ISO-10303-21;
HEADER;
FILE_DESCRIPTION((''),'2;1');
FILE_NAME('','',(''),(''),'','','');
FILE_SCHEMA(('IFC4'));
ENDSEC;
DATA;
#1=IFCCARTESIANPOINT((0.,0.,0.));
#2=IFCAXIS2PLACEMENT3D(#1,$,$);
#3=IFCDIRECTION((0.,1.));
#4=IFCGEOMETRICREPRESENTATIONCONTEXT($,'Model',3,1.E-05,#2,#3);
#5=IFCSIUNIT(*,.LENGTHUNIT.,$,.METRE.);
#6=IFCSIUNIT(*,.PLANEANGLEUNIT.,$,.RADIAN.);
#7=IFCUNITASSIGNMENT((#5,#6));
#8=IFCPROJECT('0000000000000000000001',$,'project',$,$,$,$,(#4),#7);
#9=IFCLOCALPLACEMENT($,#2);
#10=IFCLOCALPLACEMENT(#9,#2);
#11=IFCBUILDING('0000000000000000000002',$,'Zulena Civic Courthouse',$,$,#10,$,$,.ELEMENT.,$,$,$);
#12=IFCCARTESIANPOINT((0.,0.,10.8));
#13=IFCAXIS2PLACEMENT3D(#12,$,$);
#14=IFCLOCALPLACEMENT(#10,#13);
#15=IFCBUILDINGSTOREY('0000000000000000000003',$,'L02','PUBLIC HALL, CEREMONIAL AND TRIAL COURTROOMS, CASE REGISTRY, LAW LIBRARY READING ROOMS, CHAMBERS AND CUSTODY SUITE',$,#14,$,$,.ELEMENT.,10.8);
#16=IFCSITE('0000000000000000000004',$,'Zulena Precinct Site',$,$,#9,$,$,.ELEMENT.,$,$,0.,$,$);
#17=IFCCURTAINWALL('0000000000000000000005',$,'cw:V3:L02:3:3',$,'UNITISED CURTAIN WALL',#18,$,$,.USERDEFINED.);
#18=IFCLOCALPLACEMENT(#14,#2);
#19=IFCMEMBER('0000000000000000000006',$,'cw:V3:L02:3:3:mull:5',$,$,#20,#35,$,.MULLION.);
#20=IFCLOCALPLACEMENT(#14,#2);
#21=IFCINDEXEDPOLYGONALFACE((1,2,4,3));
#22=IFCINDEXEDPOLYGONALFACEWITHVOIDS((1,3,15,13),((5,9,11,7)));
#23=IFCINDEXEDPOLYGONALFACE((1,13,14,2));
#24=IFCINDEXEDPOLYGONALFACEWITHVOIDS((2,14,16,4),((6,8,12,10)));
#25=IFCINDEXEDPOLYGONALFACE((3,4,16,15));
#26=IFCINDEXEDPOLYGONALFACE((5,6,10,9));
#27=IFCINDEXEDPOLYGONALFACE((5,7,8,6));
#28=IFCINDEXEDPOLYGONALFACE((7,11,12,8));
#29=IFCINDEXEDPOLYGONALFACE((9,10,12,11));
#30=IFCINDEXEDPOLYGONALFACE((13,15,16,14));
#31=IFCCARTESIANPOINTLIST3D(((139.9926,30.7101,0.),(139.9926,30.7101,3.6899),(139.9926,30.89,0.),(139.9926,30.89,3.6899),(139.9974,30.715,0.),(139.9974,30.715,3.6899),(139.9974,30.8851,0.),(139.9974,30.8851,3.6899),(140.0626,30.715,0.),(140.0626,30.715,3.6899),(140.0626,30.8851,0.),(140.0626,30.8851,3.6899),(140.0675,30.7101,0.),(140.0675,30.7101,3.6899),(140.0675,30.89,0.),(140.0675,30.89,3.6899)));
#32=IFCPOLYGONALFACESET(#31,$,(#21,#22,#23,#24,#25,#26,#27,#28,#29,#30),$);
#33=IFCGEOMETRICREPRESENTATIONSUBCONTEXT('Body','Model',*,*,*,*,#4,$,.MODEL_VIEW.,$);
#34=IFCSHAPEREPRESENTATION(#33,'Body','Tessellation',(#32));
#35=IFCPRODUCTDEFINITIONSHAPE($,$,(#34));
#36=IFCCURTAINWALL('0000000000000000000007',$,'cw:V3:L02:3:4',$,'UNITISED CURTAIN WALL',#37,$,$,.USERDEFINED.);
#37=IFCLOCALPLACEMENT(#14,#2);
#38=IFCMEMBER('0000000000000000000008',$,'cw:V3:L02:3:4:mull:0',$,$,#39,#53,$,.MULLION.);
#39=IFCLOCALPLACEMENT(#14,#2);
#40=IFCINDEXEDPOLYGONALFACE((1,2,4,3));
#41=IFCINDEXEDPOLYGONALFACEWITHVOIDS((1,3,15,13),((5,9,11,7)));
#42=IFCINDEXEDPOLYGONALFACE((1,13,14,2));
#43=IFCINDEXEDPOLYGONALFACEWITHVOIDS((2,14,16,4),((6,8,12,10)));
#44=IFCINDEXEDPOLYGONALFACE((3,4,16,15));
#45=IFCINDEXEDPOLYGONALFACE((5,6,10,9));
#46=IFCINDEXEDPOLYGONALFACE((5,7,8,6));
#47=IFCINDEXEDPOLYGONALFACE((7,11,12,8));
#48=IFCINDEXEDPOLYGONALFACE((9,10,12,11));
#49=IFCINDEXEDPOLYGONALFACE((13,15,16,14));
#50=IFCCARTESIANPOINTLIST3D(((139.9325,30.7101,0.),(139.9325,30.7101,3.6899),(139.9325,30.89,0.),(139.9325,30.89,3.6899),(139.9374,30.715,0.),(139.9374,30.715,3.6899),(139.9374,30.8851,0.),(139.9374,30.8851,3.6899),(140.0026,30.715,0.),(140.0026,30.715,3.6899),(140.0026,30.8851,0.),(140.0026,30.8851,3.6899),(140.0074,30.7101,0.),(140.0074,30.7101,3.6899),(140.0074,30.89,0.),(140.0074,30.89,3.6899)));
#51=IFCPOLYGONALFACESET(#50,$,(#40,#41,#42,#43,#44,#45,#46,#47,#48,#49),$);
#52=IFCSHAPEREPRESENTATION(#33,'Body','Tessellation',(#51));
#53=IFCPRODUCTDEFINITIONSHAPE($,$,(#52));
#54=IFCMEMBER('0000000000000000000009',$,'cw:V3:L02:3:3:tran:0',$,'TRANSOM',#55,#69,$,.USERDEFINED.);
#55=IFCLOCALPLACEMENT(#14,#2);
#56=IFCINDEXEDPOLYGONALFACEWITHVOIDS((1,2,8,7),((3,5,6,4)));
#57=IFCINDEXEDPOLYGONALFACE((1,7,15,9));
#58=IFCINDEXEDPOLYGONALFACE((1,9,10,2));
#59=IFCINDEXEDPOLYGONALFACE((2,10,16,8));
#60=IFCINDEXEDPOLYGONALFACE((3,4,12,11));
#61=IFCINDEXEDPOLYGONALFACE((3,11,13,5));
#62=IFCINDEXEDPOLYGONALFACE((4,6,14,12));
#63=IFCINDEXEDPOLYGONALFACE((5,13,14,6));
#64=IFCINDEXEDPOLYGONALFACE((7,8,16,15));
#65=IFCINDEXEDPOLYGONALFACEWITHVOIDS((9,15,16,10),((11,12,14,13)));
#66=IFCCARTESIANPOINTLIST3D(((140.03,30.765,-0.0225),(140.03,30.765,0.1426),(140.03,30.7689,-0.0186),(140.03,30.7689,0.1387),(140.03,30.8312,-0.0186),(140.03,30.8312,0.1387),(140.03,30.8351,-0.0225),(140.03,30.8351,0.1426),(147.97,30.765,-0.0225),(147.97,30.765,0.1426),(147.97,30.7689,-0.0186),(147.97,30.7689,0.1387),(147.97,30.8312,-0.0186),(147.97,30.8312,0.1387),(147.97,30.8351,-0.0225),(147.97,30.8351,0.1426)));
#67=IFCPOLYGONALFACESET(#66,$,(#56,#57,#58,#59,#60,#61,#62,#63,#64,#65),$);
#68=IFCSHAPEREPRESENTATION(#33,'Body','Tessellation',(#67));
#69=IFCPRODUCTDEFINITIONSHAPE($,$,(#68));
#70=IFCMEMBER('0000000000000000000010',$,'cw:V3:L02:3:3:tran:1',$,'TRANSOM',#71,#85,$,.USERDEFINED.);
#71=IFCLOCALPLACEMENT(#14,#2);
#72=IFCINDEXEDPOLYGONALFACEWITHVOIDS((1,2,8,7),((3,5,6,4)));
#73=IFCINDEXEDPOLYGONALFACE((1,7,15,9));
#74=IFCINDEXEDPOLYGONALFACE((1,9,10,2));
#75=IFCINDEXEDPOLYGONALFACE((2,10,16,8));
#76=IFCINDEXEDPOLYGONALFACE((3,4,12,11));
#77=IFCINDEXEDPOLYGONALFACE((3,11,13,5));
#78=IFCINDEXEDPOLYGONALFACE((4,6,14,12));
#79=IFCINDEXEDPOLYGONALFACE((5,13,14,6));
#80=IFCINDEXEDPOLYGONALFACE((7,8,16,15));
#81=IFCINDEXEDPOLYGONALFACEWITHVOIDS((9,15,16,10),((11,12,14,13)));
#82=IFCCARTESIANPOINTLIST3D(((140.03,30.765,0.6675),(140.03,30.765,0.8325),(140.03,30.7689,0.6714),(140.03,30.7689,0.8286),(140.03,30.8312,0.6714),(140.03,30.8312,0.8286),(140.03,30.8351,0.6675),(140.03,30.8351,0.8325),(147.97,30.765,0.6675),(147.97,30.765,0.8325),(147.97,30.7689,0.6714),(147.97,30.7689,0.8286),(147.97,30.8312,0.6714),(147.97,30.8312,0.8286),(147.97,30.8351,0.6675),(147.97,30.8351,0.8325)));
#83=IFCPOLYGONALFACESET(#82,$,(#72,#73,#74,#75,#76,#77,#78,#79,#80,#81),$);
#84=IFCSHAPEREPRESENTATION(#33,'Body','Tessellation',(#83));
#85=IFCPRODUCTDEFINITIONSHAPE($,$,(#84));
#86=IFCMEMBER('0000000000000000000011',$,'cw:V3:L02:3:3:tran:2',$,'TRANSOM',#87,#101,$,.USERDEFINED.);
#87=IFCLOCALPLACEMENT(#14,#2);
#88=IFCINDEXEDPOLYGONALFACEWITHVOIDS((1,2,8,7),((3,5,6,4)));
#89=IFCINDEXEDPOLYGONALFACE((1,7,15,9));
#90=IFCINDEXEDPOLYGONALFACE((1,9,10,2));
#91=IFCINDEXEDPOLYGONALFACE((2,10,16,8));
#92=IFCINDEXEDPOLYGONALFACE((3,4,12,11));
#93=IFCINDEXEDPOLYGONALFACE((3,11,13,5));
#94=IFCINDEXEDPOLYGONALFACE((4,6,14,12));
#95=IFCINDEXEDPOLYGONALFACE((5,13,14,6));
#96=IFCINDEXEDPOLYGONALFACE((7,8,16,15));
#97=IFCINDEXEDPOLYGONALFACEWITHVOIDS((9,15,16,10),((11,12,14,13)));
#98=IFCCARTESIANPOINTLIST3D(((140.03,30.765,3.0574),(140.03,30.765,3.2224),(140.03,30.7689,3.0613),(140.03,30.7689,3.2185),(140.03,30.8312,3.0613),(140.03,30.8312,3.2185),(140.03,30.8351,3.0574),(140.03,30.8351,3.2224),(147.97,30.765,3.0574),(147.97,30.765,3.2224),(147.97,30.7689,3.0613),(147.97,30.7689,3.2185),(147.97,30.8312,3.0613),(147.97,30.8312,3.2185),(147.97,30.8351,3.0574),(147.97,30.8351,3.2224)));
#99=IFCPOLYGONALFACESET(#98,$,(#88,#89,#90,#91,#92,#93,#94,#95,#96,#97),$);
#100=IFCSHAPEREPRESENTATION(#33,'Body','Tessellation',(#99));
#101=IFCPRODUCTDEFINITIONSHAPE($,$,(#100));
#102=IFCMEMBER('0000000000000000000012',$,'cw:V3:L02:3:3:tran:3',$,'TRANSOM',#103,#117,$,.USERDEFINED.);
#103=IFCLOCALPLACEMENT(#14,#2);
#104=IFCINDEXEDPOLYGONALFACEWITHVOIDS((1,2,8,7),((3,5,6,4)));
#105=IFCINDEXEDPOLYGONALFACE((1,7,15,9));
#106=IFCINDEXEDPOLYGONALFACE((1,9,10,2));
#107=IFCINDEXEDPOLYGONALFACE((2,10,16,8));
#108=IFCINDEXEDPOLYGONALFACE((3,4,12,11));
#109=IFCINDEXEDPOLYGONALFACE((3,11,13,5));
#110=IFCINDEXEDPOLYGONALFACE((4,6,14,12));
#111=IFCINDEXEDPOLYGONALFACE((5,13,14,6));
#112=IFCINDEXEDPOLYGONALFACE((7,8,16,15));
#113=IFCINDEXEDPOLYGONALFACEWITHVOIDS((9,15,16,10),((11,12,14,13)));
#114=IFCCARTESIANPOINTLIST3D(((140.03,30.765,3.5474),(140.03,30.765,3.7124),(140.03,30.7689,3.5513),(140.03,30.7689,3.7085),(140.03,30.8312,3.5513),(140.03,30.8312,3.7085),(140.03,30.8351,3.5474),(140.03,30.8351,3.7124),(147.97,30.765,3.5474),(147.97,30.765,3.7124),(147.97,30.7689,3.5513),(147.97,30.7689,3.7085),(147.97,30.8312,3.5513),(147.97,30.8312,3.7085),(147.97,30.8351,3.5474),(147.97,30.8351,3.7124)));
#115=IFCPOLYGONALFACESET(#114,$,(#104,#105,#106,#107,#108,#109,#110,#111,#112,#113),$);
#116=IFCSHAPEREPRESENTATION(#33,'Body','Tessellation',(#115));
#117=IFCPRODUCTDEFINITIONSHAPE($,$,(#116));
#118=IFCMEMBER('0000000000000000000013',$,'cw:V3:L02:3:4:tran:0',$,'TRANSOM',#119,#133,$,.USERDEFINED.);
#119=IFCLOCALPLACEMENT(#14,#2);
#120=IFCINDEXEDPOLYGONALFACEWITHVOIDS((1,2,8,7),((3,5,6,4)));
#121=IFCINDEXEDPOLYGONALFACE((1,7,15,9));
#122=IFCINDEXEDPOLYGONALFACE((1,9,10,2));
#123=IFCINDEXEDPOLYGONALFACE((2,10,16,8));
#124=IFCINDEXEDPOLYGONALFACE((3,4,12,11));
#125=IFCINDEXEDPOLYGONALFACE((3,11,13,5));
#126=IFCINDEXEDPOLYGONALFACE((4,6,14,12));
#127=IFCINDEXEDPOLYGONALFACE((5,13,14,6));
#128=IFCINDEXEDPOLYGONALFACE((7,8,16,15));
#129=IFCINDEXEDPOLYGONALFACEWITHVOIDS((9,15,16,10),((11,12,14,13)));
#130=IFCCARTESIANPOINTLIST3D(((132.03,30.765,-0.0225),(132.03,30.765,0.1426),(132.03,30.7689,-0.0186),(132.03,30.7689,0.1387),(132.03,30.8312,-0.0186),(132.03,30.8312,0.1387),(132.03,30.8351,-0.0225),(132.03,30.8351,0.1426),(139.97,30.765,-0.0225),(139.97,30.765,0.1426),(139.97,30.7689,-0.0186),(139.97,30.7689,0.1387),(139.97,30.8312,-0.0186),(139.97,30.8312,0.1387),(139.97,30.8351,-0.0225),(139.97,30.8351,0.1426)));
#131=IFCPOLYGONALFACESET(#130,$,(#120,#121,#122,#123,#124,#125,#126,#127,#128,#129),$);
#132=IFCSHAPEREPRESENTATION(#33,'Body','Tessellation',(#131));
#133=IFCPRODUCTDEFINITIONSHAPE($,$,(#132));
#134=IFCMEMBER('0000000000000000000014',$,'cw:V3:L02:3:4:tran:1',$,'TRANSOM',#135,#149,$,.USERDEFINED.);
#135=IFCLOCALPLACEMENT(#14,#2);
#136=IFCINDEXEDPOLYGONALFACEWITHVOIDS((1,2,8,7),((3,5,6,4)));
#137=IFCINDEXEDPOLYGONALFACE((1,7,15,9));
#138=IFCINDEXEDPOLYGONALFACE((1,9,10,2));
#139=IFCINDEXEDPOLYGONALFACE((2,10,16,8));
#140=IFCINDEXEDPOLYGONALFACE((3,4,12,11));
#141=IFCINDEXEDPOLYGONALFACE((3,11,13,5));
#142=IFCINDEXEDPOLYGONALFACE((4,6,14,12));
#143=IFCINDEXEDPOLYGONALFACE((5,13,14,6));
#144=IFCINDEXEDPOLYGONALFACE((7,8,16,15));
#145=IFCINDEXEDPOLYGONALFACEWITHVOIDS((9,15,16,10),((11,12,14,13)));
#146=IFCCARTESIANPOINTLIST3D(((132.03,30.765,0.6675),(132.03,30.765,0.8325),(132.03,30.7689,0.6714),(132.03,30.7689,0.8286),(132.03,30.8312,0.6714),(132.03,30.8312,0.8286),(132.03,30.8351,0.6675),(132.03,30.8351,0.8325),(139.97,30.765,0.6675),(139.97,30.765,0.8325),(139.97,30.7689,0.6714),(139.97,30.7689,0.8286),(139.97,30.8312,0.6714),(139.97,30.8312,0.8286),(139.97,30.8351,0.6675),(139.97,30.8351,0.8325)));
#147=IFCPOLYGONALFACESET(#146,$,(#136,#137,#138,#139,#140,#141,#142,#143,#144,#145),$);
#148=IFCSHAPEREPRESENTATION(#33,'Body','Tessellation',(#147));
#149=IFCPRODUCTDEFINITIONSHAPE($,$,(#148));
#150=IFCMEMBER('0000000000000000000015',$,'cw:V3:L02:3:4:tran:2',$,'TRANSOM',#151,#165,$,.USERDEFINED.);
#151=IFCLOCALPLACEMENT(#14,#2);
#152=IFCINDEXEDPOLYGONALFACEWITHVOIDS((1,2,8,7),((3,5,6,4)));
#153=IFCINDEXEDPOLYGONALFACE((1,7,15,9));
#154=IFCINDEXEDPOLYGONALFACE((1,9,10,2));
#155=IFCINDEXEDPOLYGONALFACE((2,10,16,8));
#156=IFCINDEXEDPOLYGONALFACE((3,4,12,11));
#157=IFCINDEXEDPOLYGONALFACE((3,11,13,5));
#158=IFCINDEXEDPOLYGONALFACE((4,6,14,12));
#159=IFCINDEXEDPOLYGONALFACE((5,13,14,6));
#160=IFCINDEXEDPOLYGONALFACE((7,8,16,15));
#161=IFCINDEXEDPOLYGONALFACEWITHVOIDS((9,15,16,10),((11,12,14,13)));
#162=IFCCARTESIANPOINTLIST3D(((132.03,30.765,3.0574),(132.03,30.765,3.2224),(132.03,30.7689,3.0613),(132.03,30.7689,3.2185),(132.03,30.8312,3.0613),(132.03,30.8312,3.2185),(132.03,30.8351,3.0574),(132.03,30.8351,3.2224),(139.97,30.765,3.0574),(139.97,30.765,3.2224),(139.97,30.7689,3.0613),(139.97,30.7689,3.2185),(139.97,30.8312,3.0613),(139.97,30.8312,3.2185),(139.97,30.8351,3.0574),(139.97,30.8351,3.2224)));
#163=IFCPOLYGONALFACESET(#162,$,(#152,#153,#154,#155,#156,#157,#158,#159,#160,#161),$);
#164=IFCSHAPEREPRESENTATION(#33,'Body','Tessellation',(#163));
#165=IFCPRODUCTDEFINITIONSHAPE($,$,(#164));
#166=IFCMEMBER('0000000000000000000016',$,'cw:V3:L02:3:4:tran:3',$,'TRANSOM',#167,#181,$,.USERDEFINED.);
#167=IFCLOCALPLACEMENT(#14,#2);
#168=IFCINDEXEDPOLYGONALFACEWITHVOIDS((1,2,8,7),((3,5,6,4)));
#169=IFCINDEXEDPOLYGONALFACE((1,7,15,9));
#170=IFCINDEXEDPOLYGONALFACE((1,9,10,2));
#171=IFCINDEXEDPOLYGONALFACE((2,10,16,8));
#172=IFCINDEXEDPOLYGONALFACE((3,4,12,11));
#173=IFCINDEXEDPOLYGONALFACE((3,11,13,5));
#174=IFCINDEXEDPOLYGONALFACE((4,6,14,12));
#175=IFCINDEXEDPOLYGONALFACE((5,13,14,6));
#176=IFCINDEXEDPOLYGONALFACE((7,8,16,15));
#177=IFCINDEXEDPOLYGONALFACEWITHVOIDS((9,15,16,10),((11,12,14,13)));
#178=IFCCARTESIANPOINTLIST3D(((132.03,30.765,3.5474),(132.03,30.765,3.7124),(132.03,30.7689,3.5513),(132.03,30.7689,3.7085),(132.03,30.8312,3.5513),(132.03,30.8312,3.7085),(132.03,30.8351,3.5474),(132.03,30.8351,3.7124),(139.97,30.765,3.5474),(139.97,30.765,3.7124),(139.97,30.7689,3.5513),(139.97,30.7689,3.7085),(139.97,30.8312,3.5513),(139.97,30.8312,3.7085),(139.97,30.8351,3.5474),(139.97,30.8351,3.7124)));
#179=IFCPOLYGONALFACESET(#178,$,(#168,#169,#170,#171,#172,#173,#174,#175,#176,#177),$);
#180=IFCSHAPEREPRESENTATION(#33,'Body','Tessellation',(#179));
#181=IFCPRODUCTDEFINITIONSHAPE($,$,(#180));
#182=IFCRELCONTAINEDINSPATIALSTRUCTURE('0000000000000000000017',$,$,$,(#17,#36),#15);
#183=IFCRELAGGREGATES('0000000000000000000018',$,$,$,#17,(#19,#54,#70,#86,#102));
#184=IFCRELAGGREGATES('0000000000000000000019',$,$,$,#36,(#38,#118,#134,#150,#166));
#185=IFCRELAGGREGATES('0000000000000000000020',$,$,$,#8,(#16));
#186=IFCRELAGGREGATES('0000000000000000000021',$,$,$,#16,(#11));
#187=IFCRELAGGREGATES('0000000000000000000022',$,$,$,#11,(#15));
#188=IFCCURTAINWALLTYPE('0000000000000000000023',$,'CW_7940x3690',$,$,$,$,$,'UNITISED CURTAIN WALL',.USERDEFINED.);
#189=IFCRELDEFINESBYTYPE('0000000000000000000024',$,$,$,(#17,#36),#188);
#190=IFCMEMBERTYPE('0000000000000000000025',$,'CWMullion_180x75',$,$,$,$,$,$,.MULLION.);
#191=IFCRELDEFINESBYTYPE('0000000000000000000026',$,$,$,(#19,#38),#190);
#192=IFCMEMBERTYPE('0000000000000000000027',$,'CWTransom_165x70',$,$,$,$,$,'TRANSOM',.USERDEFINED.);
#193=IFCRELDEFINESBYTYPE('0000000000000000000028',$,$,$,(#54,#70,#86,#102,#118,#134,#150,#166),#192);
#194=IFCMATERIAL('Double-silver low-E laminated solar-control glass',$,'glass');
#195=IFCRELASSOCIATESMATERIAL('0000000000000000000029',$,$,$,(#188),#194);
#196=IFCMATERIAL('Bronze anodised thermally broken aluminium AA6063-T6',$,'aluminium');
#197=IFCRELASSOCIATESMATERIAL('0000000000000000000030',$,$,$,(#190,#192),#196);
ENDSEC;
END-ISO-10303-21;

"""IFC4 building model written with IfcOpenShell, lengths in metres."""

from ifc_helpers import new_model, si_unit, direction, frame, origin, origin_2d, place, context, subcontext, project, spatial, hollow_rectangle, extrude, material, material_profile, profile_set, type_object, element, aggregate, save


model = new_model("IFC4")

# Units and contexts
model_context = context("Model", 3, precision=1e-05, world=origin(), true_north=direction((0.0, 1.0)))
body_context = subcontext(model_context, "Body", "Model", "MODEL_VIEW")
ifc_project = project(units=[si_unit("LENGTHUNIT", "METRE"), si_unit("PLANEANGLEUNIT", "RADIAN")], contexts=[model_context])

# Site, building, storey
site_placement = place(None, origin())
site = spatial("IfcSite", under=ifc_project, at=site_placement, Name="Zulena Precinct Site", CompositionType="ELEMENT", RefElevation=0.0)
building_placement = place(site_placement, origin())
building = spatial("IfcBuilding", under=site, at=building_placement, Name="Zulena Civic Courthouse", CompositionType="ELEMENT")
storey_placement = place(building_placement, frame((0.0, 0.0, 10.8)))
storey = spatial("IfcBuildingStorey", under=building, at=storey_placement, Name="L02", Description="PUBLIC HALL, CEREMONIAL AND TRIAL COURTROOMS, CASE REGISTRY, LAW LIBRARY READING ROOMS, CHAMBERS AND CUSTODY SUITE", CompositionType="ELEMENT", Elevation=10.8)

# Shared definitions
ifc_material_1 = material(Name="Double-silver low-E laminated solar-control glass", Category="glass")
curtain_wall_type = type_object("IfcCurtainWallType", Name="CW_7940x3690", ElementType="UNITISED CURTAIN WALL", PredefinedType="USERDEFINED", material=ifc_material_1)
ifc_material_2 = material(Name="Bronze anodised thermally broken aluminium AA6063-T6", Category="aluminium")
ifc_material_profile_1 = material_profile(ifc_material_2, hollow_rectangle(XDim=0.075, YDim=0.1799, WallThickness=0.0049, at=origin_2d()), Name="CWM180X75X5")
ifc_profile_set_1 = profile_set([ifc_material_profile_1], Name="Bronze anodised thermally broken aluminium AA6063-T6")
member_type_1 = type_object("IfcMemberType", Name="CWMullion_180x75", PredefinedType="MULLION", material=ifc_profile_set_1)

# Curtain wall, member
curtain_wall_1_placement = place(storey_placement, origin())
curtain_wall_1 = element("IfcCurtainWall", 1, at=curtain_wall_1_placement, inside=storey, type_object=curtain_wall_type, Name="cw:V3:L02:3:3", ObjectType="UNITISED CURTAIN WALL", PredefinedType="USERDEFINED")
member_1_placement = place(storey_placement, frame((140.03, 30.8, 0.0), z_axis=(0.0, 0.0, 1.0), x_axis=(1.0, 0.0, 0.0)))
member_1 = element("IfcMember", 2, at=member_1_placement, type_object=member_type_1, Name="cw:V3:L02:3:3:mull:5", PredefinedType="MULLION", context=body_context, shape_type="SweptSolid", body=[
    extrude(hollow_rectangle(XDim=0.075, YDim=0.1799, WallThickness=0.0049, at=origin_2d()), origin(), (0.0, 0.0, 1.0), 3.6899),
])

# Curtain wall, member
curtain_wall_2_placement = place(storey_placement, origin())
curtain_wall_2 = element("IfcCurtainWall", 3, at=curtain_wall_2_placement, inside=storey, type_object=curtain_wall_type, Name="cw:V3:L02:3:4", ObjectType="UNITISED CURTAIN WALL", PredefinedType="USERDEFINED")
member_2_placement = place(storey_placement, frame((139.97, 30.8, 0.0), z_axis=(0.0, 0.0, 1.0), x_axis=(1.0, 0.0, 0.0)))
member_2 = element("IfcMember", 4, at=member_2_placement, type_object=member_type_1, Name="cw:V3:L02:3:4:mull:0", PredefinedType="MULLION", context=body_context, shape_type="SweptSolid", body=[
    extrude(hollow_rectangle(XDim=0.075, YDim=0.1799, WallThickness=0.0049, at=origin_2d()), origin(), (0.0, 0.0, 1.0), 3.6899),
])

# Members
ifc_material_profile_2 = material_profile(ifc_material_2, hollow_rectangle(XDim=0.0701, YDim=0.165, WallThickness=0.0039, at=origin_2d()), Name="CWT165X70X4")
ifc_profile_set_2 = profile_set([ifc_material_profile_2], Name="Bronze anodised thermally broken aluminium AA6063-T6")
member_type_2 = type_object("IfcMemberType", Name="CWTransom_165x70", ElementType="TRANSOM", PredefinedType="USERDEFINED", material=ifc_profile_set_2)
member_3_placement = place(storey_placement, frame((147.97, 30.8, 0.0601), z_axis=(-1.0, 0.0, 0.0), x_axis=(0.0, -1.0, 0.0)))
member_3 = element("IfcMember", 5, at=member_3_placement, type_object=member_type_2, Name="cw:V3:L02:3:3:tran:0", ObjectType="TRANSOM", PredefinedType="USERDEFINED", context=body_context, shape_type="SweptSolid", body=[
    extrude(hollow_rectangle(XDim=0.0701, YDim=0.165, WallThickness=0.0039, at=origin_2d()), origin(), (0.0, 0.0, 1.0), 7.9399),
])
member_4_placement = place(storey_placement, frame((147.97, 30.8, 0.75), z_axis=(-1.0, 0.0, 0.0), x_axis=(0.0, -1.0, 0.0)))
member_4 = element("IfcMember", 6, at=member_4_placement, type_object=member_type_2, Name="cw:V3:L02:3:3:tran:1", ObjectType="TRANSOM", PredefinedType="USERDEFINED", context=body_context, shape_type="SweptSolid", body=[
    extrude(hollow_rectangle(XDim=0.0701, YDim=0.165, WallThickness=0.0039, at=origin_2d()), origin(), (0.0, 0.0, 1.0), 7.9399),
])
member_5_placement = place(storey_placement, frame((147.97, 30.8, 3.1399), z_axis=(-1.0, 0.0, 0.0), x_axis=(0.0, -1.0, 0.0)))
member_5 = element("IfcMember", 7, at=member_5_placement, type_object=member_type_2, Name="cw:V3:L02:3:3:tran:2", ObjectType="TRANSOM", PredefinedType="USERDEFINED", context=body_context, shape_type="SweptSolid", body=[
    extrude(hollow_rectangle(XDim=0.0701, YDim=0.165, WallThickness=0.0039, at=origin_2d()), origin(), (0.0, 0.0, 1.0), 7.9399),
])
member_6_placement = place(storey_placement, frame((147.97, 30.8, 3.6299), z_axis=(-1.0, 0.0, 0.0), x_axis=(0.0, -1.0, 0.0)))
member_6 = element("IfcMember", 8, at=member_6_placement, type_object=member_type_2, Name="cw:V3:L02:3:3:tran:3", ObjectType="TRANSOM", PredefinedType="USERDEFINED", context=body_context, shape_type="SweptSolid", body=[
    extrude(hollow_rectangle(XDim=0.0701, YDim=0.165, WallThickness=0.0039, at=origin_2d()), origin(), (0.0, 0.0, 1.0), 7.9399),
])
member_7_placement = place(storey_placement, frame((139.97, 30.8, 0.0601), z_axis=(-1.0, 0.0, 0.0), x_axis=(0.0, -1.0, 0.0)))
member_7 = element("IfcMember", 9, at=member_7_placement, type_object=member_type_2, Name="cw:V3:L02:3:4:tran:0", ObjectType="TRANSOM", PredefinedType="USERDEFINED", context=body_context, shape_type="SweptSolid", body=[
    extrude(hollow_rectangle(XDim=0.0701, YDim=0.165, WallThickness=0.0039, at=origin_2d()), origin(), (0.0, 0.0, 1.0), 7.9399),
])
member_8_placement = place(storey_placement, frame((139.97, 30.8, 0.75), z_axis=(-1.0, 0.0, 0.0), x_axis=(0.0, -1.0, 0.0)))
member_8 = element("IfcMember", 10, at=member_8_placement, type_object=member_type_2, Name="cw:V3:L02:3:4:tran:1", ObjectType="TRANSOM", PredefinedType="USERDEFINED", context=body_context, shape_type="SweptSolid", body=[
    extrude(hollow_rectangle(XDim=0.0701, YDim=0.165, WallThickness=0.0039, at=origin_2d()), origin(), (0.0, 0.0, 1.0), 7.9399),
])
member_9_placement = place(storey_placement, frame((139.97, 30.8, 3.1399), z_axis=(-1.0, 0.0, 0.0), x_axis=(0.0, -1.0, 0.0)))
member_9 = element("IfcMember", 11, at=member_9_placement, type_object=member_type_2, Name="cw:V3:L02:3:4:tran:2", ObjectType="TRANSOM", PredefinedType="USERDEFINED", context=body_context, shape_type="SweptSolid", body=[
    extrude(hollow_rectangle(XDim=0.0701, YDim=0.165, WallThickness=0.0039, at=origin_2d()), origin(), (0.0, 0.0, 1.0), 7.9399),
])
member_10_placement = place(storey_placement, frame((139.97, 30.8, 3.6299), z_axis=(-1.0, 0.0, 0.0), x_axis=(0.0, -1.0, 0.0)))
member_10 = element("IfcMember", 12, at=member_10_placement, type_object=member_type_2, Name="cw:V3:L02:3:4:tran:3", ObjectType="TRANSOM", PredefinedType="USERDEFINED", context=body_context, shape_type="SweptSolid", body=[
    extrude(hollow_rectangle(XDim=0.0701, YDim=0.165, WallThickness=0.0039, at=origin_2d()), origin(), (0.0, 0.0, 1.0), 7.9399),
])

aggregate(curtain_wall_1, [member_1, member_3, member_4, member_5, member_6])
aggregate(curtain_wall_2, [member_2, member_7, member_8, member_9, member_10])

save(model, "model.ifc")
